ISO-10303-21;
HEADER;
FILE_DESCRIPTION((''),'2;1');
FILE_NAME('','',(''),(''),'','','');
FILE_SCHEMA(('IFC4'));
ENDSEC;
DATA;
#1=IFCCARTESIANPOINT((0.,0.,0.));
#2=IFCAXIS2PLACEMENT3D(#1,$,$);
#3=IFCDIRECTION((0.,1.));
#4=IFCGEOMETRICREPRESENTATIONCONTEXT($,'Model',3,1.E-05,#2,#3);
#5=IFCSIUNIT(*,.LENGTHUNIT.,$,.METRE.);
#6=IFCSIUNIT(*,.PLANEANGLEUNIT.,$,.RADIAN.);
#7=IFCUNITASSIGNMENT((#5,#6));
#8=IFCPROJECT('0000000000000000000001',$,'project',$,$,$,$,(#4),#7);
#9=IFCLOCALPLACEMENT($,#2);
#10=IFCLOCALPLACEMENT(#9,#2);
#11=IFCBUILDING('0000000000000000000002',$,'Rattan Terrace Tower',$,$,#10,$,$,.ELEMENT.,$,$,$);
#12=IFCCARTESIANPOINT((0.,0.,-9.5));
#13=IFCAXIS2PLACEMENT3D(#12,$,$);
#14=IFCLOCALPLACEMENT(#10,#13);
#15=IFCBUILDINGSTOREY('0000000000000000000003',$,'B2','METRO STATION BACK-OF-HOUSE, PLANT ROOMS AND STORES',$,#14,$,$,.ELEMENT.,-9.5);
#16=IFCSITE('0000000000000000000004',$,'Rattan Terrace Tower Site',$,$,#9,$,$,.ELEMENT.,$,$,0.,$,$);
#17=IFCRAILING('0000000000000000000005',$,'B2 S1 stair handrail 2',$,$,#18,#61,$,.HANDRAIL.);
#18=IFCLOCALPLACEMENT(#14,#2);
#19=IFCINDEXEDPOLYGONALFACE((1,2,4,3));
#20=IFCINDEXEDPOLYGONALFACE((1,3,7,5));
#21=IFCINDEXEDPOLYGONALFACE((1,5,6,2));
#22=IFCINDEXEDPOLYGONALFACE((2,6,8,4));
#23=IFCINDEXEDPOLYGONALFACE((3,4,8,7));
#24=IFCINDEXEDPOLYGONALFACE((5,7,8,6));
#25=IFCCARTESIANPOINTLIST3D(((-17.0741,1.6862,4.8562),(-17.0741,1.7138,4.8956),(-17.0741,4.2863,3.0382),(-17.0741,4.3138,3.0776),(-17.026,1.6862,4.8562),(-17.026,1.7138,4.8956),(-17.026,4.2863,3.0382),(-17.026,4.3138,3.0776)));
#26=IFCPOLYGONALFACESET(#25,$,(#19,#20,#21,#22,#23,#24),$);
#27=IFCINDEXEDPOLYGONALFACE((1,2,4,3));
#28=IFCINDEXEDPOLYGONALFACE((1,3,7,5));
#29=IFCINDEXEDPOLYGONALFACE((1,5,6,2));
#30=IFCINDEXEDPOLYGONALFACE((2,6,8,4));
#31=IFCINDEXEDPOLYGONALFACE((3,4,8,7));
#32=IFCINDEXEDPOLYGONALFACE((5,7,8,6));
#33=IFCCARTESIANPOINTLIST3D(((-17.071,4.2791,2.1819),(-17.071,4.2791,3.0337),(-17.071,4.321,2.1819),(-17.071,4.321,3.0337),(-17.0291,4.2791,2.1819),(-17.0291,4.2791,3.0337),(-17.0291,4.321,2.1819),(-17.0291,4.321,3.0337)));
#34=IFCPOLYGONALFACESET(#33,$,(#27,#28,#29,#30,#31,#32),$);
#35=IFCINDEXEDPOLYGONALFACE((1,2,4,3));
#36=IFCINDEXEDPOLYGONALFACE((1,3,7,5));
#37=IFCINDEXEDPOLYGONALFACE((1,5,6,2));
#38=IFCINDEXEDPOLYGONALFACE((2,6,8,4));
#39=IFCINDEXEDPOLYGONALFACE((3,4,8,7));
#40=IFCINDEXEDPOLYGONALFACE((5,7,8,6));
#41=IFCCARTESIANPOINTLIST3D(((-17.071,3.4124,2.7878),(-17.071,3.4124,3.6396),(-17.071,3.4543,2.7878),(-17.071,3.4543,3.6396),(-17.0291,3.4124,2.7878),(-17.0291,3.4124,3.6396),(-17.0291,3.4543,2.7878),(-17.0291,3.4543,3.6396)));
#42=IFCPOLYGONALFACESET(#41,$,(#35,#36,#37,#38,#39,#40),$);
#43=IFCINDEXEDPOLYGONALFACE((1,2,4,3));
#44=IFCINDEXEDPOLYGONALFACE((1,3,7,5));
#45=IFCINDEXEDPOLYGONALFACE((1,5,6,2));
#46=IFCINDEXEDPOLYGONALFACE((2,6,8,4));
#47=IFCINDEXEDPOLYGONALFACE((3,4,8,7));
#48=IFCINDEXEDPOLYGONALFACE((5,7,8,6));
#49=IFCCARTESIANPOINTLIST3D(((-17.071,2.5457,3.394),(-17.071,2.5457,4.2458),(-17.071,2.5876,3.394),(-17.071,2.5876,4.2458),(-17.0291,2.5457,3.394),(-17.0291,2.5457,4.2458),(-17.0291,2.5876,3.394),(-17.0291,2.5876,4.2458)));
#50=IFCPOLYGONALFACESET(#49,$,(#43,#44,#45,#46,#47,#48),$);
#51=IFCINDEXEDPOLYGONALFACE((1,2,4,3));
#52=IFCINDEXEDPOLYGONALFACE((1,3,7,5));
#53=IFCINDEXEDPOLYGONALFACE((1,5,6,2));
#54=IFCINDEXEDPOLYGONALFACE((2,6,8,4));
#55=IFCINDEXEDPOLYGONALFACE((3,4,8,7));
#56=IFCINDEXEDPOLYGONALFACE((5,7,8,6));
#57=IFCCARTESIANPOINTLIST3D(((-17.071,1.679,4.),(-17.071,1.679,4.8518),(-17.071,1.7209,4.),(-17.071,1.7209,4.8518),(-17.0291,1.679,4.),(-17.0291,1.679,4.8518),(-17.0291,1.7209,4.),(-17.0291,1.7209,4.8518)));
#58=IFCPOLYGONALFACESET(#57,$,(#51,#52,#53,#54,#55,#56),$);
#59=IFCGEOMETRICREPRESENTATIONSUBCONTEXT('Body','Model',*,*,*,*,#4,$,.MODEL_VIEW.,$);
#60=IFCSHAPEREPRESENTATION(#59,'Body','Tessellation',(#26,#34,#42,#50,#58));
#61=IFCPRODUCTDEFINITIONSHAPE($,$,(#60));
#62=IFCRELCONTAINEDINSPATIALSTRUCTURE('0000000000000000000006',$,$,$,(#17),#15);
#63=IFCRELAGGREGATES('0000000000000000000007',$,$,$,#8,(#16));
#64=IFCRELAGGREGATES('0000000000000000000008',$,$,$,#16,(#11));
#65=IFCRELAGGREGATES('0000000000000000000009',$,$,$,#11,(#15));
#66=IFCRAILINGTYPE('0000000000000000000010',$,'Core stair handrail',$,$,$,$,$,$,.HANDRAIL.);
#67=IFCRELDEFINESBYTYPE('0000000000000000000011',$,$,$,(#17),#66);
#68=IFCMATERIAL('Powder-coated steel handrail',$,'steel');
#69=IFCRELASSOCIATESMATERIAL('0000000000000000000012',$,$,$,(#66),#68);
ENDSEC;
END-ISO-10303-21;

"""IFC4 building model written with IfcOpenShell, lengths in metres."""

from ifc_helpers import new_model, si_unit, direction, frame, origin, origin_2d, place, context, subcontext, project, spatial, rectangle, extrude, material, type_object, element, save


model = new_model("IFC4")

# Units and contexts
model_context = context("Model", 3, precision=1e-05, world=origin(), true_north=direction((0.0, 1.0)))
body_context = subcontext(model_context, "Body", "Model", "MODEL_VIEW")
ifc_project = project(units=[si_unit("LENGTHUNIT", "METRE"), si_unit("PLANEANGLEUNIT", "RADIAN")], contexts=[model_context])

# Site, building, storey
site_placement = place(None, origin())
site = spatial("IfcSite", under=ifc_project, at=site_placement, Name="Rattan Terrace Tower Site", CompositionType="ELEMENT", RefElevation=0.0)
building_placement = place(site_placement, origin())
building = spatial("IfcBuilding", under=site, at=building_placement, Name="Rattan Terrace Tower", CompositionType="ELEMENT")
storey_placement = place(building_placement, frame((0.0, 0.0, -9.5)))
storey = spatial("IfcBuildingStorey", under=building, at=storey_placement, Name="B2", Description="METRO STATION BACK-OF-HOUSE, PLANT ROOMS AND STORES", CompositionType="ELEMENT", Elevation=-9.5)

# Railing
ifc_material_1 = material(Name="Powder-coated steel handrail", Category="steel")
railing_type_1 = type_object("IfcRailingType", Name="Core stair handrail", PredefinedType="HANDRAIL", material=ifc_material_1)
railing_1_placement = place(storey_placement, frame((-17.05, 4.3, 2.1819)))
element("IfcRailing", 1, at=railing_1_placement, inside=storey, type_object=railing_type_1, Name="B2 S1 stair handrail 2", PredefinedType="HANDRAIL", context=body_context, shape_type="SweptSolid", body=[
    extrude(rectangle(XDim=0.0481, YDim=0.0481, at=origin_2d()), frame((0.0, 0.0, 0.876), z_axis=(0.0, -0.819521, 0.573049), x_axis=(1.0, 0.0, 0.0)), (0.0, 0.0, 1.0), 3.1726),
    extrude(rectangle(XDim=0.042, YDim=0.042, at=origin_2d()), origin(), (0.0, 0.0, 1.0), 0.8518),
    extrude(rectangle(XDim=0.042, YDim=0.042, at=origin_2d()), frame((0.0, -0.8667, 0.606)), (0.0, 0.0, 1.0), 0.8518),
    extrude(rectangle(XDim=0.042, YDim=0.042, at=origin_2d()), frame((0.0, -1.7334, 1.2122)), (0.0, 0.0, 1.0), 0.8518),
    extrude(rectangle(XDim=0.042, YDim=0.042, at=origin_2d()), frame((0.0, -2.6001, 1.8181)), (0.0, 0.0, 1.0), 0.8518),
])

save(model, "model.ifc")
